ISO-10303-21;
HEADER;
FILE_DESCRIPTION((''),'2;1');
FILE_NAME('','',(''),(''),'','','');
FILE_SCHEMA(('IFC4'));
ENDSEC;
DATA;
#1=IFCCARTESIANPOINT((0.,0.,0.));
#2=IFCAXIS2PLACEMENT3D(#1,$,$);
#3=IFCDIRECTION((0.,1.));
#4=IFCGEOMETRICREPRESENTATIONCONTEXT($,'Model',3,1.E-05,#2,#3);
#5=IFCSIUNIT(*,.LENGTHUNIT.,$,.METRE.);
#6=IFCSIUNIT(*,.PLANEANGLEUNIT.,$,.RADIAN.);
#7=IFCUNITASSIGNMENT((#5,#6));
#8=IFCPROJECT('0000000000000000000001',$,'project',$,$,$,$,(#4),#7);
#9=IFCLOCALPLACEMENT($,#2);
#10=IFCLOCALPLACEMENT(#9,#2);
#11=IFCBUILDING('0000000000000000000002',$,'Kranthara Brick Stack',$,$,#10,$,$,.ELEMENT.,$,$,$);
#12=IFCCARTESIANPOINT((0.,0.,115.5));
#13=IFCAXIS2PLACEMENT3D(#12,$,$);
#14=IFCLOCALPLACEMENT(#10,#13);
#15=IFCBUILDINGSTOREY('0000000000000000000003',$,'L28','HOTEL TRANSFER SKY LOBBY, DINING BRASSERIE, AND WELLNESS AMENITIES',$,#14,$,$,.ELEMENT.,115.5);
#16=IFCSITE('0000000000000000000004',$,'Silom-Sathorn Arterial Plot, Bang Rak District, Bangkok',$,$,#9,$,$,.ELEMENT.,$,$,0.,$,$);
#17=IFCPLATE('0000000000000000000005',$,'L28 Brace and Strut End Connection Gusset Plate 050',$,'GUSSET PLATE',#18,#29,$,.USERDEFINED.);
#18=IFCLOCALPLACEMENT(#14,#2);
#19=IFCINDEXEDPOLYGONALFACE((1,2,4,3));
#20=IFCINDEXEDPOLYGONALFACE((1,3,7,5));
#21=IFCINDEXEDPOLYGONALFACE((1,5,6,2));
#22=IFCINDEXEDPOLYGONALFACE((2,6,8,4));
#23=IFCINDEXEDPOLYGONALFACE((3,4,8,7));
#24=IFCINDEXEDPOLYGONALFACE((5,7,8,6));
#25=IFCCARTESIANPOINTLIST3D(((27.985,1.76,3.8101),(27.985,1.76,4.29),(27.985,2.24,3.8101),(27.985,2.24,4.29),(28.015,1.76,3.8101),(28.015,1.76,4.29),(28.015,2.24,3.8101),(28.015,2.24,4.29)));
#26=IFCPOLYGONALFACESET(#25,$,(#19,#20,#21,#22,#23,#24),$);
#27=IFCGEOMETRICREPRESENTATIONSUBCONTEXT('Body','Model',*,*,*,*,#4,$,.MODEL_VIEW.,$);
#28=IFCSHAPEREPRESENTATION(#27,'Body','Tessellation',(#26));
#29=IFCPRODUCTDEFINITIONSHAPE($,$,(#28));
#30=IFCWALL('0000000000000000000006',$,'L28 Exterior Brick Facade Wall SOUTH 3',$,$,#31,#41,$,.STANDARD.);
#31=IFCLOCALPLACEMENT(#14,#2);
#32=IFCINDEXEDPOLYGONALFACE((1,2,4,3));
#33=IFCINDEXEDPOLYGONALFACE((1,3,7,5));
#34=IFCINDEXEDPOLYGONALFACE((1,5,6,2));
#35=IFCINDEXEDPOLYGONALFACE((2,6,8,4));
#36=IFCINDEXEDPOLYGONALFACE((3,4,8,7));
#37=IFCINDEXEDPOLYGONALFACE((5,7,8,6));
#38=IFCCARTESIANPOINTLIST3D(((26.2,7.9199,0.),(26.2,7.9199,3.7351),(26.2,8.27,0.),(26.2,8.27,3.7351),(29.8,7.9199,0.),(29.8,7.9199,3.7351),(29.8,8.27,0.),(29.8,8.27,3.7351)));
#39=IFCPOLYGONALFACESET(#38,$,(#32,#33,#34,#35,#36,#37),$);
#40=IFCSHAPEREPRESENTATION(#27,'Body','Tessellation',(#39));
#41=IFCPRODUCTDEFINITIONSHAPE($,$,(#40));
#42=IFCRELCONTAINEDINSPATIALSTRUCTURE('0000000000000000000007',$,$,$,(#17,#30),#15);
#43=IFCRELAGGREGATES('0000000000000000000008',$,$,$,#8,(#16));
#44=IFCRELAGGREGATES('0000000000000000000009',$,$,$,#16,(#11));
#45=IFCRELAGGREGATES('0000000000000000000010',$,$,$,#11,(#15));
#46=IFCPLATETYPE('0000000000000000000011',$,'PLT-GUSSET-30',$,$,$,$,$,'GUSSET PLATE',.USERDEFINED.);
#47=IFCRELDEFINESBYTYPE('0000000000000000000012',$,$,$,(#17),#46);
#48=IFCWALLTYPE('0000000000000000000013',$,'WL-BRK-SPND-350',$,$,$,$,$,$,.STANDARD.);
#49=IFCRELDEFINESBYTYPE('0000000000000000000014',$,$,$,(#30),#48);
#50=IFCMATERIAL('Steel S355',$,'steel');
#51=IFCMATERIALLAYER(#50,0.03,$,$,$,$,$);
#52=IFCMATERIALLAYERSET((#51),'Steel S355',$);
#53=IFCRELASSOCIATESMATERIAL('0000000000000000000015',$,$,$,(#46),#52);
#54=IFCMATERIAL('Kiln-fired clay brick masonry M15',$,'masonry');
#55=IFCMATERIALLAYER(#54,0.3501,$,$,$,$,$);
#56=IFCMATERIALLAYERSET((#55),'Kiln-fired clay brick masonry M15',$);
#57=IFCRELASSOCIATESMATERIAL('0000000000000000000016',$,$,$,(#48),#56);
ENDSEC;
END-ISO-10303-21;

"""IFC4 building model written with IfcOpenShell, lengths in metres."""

from ifc_helpers import new_model, si_unit, direction, frame, frame_2d, origin, origin_2d, place, context, subcontext, project, spatial, rectangle, extrude, material, layer, layer_set, type_object, element, save


model = new_model("IFC4")

# Units and contexts
model_context = context("Model", 3, precision=1e-05, world=origin(), true_north=direction((0.0, 1.0)))
body_context = subcontext(model_context, "Body", "Model", "MODEL_VIEW")
ifc_project = project(units=[si_unit("LENGTHUNIT", "METRE"), si_unit("PLANEANGLEUNIT", "RADIAN")], contexts=[model_context])

# Site, building, storey
site_placement = place(None, origin())
site = spatial("IfcSite", under=ifc_project, at=site_placement, Name="Silom-Sathorn Arterial Plot, Bang Rak District, Bangkok", CompositionType="ELEMENT", RefElevation=0.0)
building_placement = place(site_placement, origin())
building = spatial("IfcBuilding", under=site, at=building_placement, Name="Kranthara Brick Stack", CompositionType="ELEMENT")
storey_placement = place(building_placement, frame((0.0, 0.0, 115.5)))
storey = spatial("IfcBuildingStorey", under=building, at=storey_placement, Name="L28", Description="HOTEL TRANSFER SKY LOBBY, DINING BRASSERIE, AND WELLNESS AMENITIES", CompositionType="ELEMENT", Elevation=115.5)

# Plate
ifc_material_1 = material(Name="Steel S355", Category="steel")
ifc_layer_1 = layer(ifc_material_1, 0.03)
ifc_layer_set_1 = layer_set([ifc_layer_1], Name="Steel S355")
plate_type_1 = type_object("IfcPlateType", Name="PLT-GUSSET-30", ElementType="GUSSET PLATE", PredefinedType="USERDEFINED", material=ifc_layer_set_1)
for number, where, z_axis, x_axis, name in (
    (1, (28.0, 2.0, 3.8101), (0.0, 0.0, 1.0), (0.0, 1.0, 0.0), "L28 Brace and Strut End Connection Gusset Plate 050"),
):
    element("IfcPlate", number, at=place(storey_placement, frame(where, z_axis=z_axis, x_axis=x_axis)), inside=storey, type_object=plate_type_1, Name=name, ObjectType="GUSSET PLATE", PredefinedType="USERDEFINED", context=body_context, shape_type="SweptSolid", body=[
        extrude(rectangle(XDim=0.48, YDim=0.03, at=origin_2d()), origin(), (0.0, 0.0, 1.0), 0.48),
    ])

# Wall
ifc_material_2 = material(Name="Kiln-fired clay brick masonry M15", Category="masonry")
ifc_layer_2 = layer(ifc_material_2, 0.3501)
ifc_layer_set_2 = layer_set([ifc_layer_2], Name="Kiln-fired clay brick masonry M15")
wall_type = type_object("IfcWallType", Name="WL-BRK-SPND-350", PredefinedType="STANDARD", material=ifc_layer_set_2)
wall_placement = place(storey_placement, frame((29.8, 8.095, 0.0), z_axis=(0.0, 0.0, 1.0), x_axis=(-1.0, 0.0, 0.0)))
element("IfcWall", 2, at=wall_placement, inside=storey, type_object=wall_type, Name="L28 Exterior Brick Facade Wall SOUTH 3", PredefinedType="STANDARD", context=body_context, shape_type="SweptSolid", body=[
    extrude(rectangle(XDim=3.6001, YDim=0.3501, at=frame_2d((1.8, 0.0))), origin(), (0.0, 0.0, 1.0), 3.7351),
])

save(model, "model.ifc")
